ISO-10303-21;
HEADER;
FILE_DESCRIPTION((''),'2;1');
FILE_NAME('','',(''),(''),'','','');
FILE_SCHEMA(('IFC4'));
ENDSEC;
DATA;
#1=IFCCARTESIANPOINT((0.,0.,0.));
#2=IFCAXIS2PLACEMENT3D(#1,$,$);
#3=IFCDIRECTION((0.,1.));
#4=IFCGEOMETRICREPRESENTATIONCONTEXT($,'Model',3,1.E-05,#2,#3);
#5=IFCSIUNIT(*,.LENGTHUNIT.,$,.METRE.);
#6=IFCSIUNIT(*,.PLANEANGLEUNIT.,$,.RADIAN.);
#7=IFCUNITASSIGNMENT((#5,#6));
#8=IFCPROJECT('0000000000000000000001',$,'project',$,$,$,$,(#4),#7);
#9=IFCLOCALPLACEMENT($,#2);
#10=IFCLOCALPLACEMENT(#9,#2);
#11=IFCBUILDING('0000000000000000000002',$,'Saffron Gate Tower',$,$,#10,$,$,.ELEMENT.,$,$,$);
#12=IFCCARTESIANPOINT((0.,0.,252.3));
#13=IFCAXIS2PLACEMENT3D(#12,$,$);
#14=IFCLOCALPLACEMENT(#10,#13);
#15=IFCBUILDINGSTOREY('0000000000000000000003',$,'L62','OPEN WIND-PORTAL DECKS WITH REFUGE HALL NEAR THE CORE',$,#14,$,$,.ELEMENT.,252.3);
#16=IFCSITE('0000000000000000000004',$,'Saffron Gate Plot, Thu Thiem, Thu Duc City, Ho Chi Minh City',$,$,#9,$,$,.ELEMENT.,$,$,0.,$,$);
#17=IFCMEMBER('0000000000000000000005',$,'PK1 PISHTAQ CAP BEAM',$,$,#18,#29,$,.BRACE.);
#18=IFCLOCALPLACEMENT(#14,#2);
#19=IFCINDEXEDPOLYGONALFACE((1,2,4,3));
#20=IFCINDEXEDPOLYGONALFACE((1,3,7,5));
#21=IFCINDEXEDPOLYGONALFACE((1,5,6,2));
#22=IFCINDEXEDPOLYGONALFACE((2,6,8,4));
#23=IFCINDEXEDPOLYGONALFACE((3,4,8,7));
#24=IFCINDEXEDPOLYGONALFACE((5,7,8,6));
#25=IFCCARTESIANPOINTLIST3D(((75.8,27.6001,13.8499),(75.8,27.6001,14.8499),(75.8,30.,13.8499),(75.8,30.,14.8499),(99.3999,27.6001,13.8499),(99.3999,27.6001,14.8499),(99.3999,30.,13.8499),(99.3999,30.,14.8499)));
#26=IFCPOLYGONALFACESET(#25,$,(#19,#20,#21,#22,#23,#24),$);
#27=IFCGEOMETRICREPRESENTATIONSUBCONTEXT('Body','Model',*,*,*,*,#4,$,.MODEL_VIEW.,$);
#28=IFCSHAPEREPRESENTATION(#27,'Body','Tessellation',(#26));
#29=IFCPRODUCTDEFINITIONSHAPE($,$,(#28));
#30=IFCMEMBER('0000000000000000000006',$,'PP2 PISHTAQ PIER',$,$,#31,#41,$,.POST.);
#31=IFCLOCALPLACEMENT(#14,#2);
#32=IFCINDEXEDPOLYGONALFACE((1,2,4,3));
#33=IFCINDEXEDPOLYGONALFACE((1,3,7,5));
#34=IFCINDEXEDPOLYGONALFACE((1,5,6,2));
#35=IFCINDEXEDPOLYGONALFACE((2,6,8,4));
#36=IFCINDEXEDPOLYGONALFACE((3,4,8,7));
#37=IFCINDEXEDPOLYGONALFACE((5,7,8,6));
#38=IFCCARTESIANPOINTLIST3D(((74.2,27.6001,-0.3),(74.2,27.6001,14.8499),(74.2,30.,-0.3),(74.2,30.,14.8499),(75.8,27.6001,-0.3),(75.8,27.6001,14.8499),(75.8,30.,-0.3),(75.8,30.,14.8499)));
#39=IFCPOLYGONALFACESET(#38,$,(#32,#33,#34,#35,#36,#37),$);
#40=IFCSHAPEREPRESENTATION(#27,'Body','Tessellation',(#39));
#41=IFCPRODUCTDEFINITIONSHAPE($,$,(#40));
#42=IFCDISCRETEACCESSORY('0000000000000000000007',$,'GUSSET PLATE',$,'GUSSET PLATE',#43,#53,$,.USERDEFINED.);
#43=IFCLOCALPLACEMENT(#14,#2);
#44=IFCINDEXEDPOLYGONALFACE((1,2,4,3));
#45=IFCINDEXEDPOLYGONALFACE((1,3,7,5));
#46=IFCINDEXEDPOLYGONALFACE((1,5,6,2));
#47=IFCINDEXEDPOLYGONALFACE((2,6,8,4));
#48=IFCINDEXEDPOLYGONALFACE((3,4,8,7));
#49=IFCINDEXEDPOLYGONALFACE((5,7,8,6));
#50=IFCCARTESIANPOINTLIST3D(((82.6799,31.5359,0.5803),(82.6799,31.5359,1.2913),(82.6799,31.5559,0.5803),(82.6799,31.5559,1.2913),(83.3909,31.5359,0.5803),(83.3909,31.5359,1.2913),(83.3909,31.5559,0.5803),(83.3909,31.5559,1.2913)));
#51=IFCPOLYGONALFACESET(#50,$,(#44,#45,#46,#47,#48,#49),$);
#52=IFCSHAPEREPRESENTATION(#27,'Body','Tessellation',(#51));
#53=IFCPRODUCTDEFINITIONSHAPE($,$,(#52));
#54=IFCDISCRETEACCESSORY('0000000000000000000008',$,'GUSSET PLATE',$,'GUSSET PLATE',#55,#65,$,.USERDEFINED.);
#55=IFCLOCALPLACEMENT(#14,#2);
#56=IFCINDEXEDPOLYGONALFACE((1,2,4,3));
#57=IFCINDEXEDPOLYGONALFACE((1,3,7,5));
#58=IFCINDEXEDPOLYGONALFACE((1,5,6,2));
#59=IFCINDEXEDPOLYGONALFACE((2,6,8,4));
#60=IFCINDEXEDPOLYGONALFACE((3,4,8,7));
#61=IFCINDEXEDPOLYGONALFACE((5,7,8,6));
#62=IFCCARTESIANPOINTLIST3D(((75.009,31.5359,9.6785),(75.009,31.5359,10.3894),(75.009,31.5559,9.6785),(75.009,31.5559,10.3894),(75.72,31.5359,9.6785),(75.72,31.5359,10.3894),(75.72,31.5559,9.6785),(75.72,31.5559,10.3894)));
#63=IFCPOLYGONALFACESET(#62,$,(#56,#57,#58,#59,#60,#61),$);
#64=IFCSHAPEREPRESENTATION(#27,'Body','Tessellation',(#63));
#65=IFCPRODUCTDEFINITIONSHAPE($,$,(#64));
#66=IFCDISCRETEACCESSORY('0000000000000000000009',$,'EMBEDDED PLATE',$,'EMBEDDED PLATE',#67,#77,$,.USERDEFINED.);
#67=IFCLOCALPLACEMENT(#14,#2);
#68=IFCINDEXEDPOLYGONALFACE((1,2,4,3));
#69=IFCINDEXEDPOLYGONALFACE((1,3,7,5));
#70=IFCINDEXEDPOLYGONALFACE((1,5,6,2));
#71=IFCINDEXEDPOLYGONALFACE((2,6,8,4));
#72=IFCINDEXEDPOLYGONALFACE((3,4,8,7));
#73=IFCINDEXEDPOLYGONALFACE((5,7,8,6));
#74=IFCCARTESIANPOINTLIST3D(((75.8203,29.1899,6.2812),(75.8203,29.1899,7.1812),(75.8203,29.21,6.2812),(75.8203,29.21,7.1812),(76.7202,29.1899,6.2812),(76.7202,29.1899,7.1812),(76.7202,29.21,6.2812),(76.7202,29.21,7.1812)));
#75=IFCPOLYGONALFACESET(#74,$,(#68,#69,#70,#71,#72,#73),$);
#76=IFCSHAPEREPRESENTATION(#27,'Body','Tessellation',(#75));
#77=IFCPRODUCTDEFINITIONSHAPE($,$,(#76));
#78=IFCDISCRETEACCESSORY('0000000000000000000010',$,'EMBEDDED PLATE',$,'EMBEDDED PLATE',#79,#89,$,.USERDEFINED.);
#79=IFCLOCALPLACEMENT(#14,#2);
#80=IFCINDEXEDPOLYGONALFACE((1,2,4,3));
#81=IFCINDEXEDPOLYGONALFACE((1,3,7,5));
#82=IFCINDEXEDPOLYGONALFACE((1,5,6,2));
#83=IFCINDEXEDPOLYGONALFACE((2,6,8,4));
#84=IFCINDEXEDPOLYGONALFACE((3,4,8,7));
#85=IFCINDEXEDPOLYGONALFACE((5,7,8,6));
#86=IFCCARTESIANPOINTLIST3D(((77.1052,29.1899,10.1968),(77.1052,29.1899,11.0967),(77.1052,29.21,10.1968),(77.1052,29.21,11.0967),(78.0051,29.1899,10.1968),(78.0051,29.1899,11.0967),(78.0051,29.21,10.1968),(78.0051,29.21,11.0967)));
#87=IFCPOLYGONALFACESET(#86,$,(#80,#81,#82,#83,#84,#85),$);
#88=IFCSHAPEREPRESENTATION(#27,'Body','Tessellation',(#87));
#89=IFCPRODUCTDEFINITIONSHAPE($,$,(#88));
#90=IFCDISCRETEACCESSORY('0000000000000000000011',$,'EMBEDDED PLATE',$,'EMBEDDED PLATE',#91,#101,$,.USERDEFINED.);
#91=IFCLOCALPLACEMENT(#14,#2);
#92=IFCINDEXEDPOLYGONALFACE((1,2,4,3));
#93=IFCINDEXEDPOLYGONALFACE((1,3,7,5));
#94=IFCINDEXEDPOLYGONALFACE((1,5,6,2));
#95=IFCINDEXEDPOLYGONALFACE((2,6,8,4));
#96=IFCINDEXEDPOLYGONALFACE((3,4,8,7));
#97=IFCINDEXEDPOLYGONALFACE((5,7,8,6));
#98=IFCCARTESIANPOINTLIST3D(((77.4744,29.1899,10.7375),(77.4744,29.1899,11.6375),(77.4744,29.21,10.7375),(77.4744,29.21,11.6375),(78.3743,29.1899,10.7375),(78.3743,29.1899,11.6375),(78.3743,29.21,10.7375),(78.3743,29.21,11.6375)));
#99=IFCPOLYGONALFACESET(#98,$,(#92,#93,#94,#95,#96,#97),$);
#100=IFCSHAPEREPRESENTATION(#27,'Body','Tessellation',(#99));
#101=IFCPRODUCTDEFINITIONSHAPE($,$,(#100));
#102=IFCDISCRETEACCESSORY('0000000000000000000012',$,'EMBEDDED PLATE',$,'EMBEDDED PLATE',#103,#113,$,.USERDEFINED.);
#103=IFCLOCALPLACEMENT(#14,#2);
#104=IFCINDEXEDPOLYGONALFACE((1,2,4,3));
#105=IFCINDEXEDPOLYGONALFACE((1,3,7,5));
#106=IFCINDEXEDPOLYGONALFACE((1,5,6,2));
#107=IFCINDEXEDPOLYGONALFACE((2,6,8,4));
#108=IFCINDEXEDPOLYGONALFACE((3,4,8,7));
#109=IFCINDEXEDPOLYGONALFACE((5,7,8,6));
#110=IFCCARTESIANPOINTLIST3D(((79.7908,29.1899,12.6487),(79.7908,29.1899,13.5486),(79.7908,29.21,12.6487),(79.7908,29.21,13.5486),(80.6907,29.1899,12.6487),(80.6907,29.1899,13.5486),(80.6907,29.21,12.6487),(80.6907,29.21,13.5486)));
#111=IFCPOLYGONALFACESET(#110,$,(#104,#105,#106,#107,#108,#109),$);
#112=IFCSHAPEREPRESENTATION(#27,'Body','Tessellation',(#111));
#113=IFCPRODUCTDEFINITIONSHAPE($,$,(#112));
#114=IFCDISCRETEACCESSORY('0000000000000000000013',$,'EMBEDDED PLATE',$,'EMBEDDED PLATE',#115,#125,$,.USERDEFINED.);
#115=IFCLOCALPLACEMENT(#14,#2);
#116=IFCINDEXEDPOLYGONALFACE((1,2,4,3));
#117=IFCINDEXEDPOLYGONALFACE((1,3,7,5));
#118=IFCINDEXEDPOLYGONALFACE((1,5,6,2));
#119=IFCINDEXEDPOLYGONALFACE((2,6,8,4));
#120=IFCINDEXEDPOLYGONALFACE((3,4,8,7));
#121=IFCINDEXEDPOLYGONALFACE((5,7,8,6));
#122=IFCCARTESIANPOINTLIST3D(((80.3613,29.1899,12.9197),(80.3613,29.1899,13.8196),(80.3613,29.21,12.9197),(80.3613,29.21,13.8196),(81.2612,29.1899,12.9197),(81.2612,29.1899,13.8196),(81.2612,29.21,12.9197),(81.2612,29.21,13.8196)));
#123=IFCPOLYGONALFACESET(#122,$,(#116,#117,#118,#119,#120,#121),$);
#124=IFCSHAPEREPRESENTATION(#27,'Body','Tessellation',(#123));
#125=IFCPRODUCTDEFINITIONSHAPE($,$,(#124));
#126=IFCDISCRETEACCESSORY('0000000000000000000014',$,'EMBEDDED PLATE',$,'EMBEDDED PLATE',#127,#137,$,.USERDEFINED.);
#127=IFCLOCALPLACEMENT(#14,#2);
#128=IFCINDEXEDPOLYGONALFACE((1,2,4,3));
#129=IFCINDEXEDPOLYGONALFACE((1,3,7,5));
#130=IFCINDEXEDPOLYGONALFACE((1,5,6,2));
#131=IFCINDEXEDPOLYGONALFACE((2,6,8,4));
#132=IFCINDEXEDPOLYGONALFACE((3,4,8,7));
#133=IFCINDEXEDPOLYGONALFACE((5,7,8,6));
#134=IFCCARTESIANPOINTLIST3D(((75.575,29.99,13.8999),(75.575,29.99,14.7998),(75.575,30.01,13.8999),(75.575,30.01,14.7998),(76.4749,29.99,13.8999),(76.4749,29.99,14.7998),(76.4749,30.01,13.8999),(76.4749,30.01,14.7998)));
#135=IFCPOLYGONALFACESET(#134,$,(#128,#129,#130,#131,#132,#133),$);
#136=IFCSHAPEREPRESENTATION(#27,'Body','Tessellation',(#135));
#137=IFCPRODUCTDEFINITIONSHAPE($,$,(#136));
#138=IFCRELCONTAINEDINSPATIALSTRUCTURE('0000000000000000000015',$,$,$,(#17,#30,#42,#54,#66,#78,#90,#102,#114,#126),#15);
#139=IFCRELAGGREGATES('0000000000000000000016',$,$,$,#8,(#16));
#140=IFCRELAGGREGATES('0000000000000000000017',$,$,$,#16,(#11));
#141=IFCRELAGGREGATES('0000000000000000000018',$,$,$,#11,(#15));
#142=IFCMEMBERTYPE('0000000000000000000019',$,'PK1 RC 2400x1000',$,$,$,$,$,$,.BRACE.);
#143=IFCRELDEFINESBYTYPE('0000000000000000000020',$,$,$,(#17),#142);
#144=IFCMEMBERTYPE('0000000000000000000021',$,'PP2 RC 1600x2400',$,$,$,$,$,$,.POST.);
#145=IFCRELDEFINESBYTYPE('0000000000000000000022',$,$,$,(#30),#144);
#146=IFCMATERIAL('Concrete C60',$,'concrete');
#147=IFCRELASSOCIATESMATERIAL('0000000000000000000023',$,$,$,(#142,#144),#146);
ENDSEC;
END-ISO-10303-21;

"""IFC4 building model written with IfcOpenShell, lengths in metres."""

from ifc_helpers import new_model, si_unit, direction, frame, origin, origin_2d, place, context, subcontext, project, spatial, rectangle, extrude, material, material_profile, profile_set, type_object, element, save


model = new_model("IFC4")

# Units and contexts
model_context = context("Model", 3, precision=1e-05, world=origin(), true_north=direction((0.0, 1.0)))
body_context = subcontext(model_context, "Body", "Model", "MODEL_VIEW")
ifc_project = project(units=[si_unit("LENGTHUNIT", "METRE"), si_unit("PLANEANGLEUNIT", "RADIAN")], contexts=[model_context])

# Site, building, storey
site_placement = place(None, origin())
site = spatial("IfcSite", under=ifc_project, at=site_placement, Name="Saffron Gate Plot, Thu Thiem, Thu Duc City, Ho Chi Minh City", CompositionType="ELEMENT", RefElevation=0.0)
building_placement = place(site_placement, origin())
building = spatial("IfcBuilding", under=site, at=building_placement, Name="Saffron Gate Tower", CompositionType="ELEMENT")
storey_placement = place(building_placement, frame((0.0, 0.0, 252.3)))
storey = spatial("IfcBuildingStorey", under=building, at=storey_placement, Name="L62", Description="OPEN WIND-PORTAL DECKS WITH REFUGE HALL NEAR THE CORE", CompositionType="ELEMENT", Elevation=252.3)

# Members
ifc_material_1 = material(Name="Concrete C60", Category="concrete")
ifc_material_profile_1 = material_profile(ifc_material_1, rectangle(XDim=2.3999, YDim=1.0, at=origin_2d()))
ifc_profile_set_1 = profile_set([ifc_material_profile_1], Name="Concrete C60")
member_type_1 = type_object("IfcMemberType", Name="PK1 RC 2400x1000", PredefinedType="BRACE", material=ifc_profile_set_1)
member_1_placement = place(storey_placement, frame((75.8, 28.8, 14.3499), z_axis=(1.0, 0.0, 0.0), x_axis=(0.0, 1.0, 0.0)))
element("IfcMember", 1, at=member_1_placement, inside=storey, type_object=member_type_1, Name="PK1 PISHTAQ CAP BEAM", PredefinedType="BRACE", context=body_context, shape_type="SweptSolid", body=[
    extrude(rectangle(XDim=2.3999, YDim=1.0, at=origin_2d()), origin(), (0.0, 0.0, 1.0), 23.5999),
])
ifc_material_profile_2 = material_profile(ifc_material_1, rectangle(XDim=1.6001, YDim=2.3999, at=origin_2d()))
ifc_profile_set_2 = profile_set([ifc_material_profile_2], Name="Concrete C60")
member_type_2 = type_object("IfcMemberType", Name="PP2 RC 1600x2400", PredefinedType="POST", material=ifc_profile_set_2)
member_2_placement = place(storey_placement, frame((75.0, 28.8, -0.3), z_axis=(0.0, 0.0, 1.0), x_axis=(1.0, 0.0, 0.0)))
element("IfcMember", 2, at=member_2_placement, inside=storey, type_object=member_type_2, Name="PP2 PISHTAQ PIER", PredefinedType="POST", context=body_context, shape_type="SweptSolid", body=[
    extrude(rectangle(XDim=1.6001, YDim=2.3999, at=origin_2d()), origin(), (0.0, 0.0, 1.0), 15.1499),
])

# Discrete accessories
for number, where, z_axis, x_axis, name in (
    (3, (83.0354, 31.5459, 0.5803), (0.0, 0.0, 1.0), (-1.0, 0.0, 0.0), "GUSSET PLATE"),
    (4, (75.3645, 31.5459, 9.6785), (0.0, 0.0, 1.0), (-1.0, 0.0, 0.0), "GUSSET PLATE"),
):
    element("IfcDiscreteAccessory", number, at=place(storey_placement, frame(where, z_axis=z_axis, x_axis=x_axis)), inside=storey, Name=name, ObjectType="GUSSET PLATE", PredefinedType="USERDEFINED", context=body_context, shape_type="SweptSolid", body=[
        extrude(rectangle(XDim=0.7109, YDim=0.02, at=origin_2d()), origin(), (0.0, 0.0, 1.0), 0.7109),
    ])
for number, where, z_axis, x_axis, name in (
    (5, (76.2703, 29.2, 6.2812), (0.0, 0.0, 1.0), (1.0, 0.0, 0.0), "EMBEDDED PLATE"),
    (6, (77.5552, 29.2, 10.1968), (0.0, 0.0, 1.0), (1.0, 0.0, 0.0), "EMBEDDED PLATE"),
    (7, (77.9243, 29.2, 10.7375), (0.0, 0.0, 1.0), (1.0, 0.0, 0.0), "EMBEDDED PLATE"),
    (8, (80.2407, 29.2, 12.6487), (0.0, 0.0, 1.0), (1.0, 0.0, 0.0), "EMBEDDED PLATE"),
    (9, (80.8113, 29.2, 12.9197), (0.0, 0.0, 1.0), (1.0, 0.0, 0.0), "EMBEDDED PLATE"),
    (10, (76.0249, 30.0, 13.8999), (0.0, 0.0, 1.0), (1.0, 0.0, 0.0), "EMBEDDED PLATE"),
):
    element("IfcDiscreteAccessory", number, at=place(storey_placement, frame(where, z_axis=z_axis, x_axis=x_axis)), inside=storey, Name=name, ObjectType="EMBEDDED PLATE", PredefinedType="USERDEFINED", context=body_context, shape_type="SweptSolid", body=[
        extrude(rectangle(XDim=0.8999, YDim=0.02, at=origin_2d()), origin(), (0.0, 0.0, 1.0), 0.8999),
    ])

save(model, "model.ifc")
